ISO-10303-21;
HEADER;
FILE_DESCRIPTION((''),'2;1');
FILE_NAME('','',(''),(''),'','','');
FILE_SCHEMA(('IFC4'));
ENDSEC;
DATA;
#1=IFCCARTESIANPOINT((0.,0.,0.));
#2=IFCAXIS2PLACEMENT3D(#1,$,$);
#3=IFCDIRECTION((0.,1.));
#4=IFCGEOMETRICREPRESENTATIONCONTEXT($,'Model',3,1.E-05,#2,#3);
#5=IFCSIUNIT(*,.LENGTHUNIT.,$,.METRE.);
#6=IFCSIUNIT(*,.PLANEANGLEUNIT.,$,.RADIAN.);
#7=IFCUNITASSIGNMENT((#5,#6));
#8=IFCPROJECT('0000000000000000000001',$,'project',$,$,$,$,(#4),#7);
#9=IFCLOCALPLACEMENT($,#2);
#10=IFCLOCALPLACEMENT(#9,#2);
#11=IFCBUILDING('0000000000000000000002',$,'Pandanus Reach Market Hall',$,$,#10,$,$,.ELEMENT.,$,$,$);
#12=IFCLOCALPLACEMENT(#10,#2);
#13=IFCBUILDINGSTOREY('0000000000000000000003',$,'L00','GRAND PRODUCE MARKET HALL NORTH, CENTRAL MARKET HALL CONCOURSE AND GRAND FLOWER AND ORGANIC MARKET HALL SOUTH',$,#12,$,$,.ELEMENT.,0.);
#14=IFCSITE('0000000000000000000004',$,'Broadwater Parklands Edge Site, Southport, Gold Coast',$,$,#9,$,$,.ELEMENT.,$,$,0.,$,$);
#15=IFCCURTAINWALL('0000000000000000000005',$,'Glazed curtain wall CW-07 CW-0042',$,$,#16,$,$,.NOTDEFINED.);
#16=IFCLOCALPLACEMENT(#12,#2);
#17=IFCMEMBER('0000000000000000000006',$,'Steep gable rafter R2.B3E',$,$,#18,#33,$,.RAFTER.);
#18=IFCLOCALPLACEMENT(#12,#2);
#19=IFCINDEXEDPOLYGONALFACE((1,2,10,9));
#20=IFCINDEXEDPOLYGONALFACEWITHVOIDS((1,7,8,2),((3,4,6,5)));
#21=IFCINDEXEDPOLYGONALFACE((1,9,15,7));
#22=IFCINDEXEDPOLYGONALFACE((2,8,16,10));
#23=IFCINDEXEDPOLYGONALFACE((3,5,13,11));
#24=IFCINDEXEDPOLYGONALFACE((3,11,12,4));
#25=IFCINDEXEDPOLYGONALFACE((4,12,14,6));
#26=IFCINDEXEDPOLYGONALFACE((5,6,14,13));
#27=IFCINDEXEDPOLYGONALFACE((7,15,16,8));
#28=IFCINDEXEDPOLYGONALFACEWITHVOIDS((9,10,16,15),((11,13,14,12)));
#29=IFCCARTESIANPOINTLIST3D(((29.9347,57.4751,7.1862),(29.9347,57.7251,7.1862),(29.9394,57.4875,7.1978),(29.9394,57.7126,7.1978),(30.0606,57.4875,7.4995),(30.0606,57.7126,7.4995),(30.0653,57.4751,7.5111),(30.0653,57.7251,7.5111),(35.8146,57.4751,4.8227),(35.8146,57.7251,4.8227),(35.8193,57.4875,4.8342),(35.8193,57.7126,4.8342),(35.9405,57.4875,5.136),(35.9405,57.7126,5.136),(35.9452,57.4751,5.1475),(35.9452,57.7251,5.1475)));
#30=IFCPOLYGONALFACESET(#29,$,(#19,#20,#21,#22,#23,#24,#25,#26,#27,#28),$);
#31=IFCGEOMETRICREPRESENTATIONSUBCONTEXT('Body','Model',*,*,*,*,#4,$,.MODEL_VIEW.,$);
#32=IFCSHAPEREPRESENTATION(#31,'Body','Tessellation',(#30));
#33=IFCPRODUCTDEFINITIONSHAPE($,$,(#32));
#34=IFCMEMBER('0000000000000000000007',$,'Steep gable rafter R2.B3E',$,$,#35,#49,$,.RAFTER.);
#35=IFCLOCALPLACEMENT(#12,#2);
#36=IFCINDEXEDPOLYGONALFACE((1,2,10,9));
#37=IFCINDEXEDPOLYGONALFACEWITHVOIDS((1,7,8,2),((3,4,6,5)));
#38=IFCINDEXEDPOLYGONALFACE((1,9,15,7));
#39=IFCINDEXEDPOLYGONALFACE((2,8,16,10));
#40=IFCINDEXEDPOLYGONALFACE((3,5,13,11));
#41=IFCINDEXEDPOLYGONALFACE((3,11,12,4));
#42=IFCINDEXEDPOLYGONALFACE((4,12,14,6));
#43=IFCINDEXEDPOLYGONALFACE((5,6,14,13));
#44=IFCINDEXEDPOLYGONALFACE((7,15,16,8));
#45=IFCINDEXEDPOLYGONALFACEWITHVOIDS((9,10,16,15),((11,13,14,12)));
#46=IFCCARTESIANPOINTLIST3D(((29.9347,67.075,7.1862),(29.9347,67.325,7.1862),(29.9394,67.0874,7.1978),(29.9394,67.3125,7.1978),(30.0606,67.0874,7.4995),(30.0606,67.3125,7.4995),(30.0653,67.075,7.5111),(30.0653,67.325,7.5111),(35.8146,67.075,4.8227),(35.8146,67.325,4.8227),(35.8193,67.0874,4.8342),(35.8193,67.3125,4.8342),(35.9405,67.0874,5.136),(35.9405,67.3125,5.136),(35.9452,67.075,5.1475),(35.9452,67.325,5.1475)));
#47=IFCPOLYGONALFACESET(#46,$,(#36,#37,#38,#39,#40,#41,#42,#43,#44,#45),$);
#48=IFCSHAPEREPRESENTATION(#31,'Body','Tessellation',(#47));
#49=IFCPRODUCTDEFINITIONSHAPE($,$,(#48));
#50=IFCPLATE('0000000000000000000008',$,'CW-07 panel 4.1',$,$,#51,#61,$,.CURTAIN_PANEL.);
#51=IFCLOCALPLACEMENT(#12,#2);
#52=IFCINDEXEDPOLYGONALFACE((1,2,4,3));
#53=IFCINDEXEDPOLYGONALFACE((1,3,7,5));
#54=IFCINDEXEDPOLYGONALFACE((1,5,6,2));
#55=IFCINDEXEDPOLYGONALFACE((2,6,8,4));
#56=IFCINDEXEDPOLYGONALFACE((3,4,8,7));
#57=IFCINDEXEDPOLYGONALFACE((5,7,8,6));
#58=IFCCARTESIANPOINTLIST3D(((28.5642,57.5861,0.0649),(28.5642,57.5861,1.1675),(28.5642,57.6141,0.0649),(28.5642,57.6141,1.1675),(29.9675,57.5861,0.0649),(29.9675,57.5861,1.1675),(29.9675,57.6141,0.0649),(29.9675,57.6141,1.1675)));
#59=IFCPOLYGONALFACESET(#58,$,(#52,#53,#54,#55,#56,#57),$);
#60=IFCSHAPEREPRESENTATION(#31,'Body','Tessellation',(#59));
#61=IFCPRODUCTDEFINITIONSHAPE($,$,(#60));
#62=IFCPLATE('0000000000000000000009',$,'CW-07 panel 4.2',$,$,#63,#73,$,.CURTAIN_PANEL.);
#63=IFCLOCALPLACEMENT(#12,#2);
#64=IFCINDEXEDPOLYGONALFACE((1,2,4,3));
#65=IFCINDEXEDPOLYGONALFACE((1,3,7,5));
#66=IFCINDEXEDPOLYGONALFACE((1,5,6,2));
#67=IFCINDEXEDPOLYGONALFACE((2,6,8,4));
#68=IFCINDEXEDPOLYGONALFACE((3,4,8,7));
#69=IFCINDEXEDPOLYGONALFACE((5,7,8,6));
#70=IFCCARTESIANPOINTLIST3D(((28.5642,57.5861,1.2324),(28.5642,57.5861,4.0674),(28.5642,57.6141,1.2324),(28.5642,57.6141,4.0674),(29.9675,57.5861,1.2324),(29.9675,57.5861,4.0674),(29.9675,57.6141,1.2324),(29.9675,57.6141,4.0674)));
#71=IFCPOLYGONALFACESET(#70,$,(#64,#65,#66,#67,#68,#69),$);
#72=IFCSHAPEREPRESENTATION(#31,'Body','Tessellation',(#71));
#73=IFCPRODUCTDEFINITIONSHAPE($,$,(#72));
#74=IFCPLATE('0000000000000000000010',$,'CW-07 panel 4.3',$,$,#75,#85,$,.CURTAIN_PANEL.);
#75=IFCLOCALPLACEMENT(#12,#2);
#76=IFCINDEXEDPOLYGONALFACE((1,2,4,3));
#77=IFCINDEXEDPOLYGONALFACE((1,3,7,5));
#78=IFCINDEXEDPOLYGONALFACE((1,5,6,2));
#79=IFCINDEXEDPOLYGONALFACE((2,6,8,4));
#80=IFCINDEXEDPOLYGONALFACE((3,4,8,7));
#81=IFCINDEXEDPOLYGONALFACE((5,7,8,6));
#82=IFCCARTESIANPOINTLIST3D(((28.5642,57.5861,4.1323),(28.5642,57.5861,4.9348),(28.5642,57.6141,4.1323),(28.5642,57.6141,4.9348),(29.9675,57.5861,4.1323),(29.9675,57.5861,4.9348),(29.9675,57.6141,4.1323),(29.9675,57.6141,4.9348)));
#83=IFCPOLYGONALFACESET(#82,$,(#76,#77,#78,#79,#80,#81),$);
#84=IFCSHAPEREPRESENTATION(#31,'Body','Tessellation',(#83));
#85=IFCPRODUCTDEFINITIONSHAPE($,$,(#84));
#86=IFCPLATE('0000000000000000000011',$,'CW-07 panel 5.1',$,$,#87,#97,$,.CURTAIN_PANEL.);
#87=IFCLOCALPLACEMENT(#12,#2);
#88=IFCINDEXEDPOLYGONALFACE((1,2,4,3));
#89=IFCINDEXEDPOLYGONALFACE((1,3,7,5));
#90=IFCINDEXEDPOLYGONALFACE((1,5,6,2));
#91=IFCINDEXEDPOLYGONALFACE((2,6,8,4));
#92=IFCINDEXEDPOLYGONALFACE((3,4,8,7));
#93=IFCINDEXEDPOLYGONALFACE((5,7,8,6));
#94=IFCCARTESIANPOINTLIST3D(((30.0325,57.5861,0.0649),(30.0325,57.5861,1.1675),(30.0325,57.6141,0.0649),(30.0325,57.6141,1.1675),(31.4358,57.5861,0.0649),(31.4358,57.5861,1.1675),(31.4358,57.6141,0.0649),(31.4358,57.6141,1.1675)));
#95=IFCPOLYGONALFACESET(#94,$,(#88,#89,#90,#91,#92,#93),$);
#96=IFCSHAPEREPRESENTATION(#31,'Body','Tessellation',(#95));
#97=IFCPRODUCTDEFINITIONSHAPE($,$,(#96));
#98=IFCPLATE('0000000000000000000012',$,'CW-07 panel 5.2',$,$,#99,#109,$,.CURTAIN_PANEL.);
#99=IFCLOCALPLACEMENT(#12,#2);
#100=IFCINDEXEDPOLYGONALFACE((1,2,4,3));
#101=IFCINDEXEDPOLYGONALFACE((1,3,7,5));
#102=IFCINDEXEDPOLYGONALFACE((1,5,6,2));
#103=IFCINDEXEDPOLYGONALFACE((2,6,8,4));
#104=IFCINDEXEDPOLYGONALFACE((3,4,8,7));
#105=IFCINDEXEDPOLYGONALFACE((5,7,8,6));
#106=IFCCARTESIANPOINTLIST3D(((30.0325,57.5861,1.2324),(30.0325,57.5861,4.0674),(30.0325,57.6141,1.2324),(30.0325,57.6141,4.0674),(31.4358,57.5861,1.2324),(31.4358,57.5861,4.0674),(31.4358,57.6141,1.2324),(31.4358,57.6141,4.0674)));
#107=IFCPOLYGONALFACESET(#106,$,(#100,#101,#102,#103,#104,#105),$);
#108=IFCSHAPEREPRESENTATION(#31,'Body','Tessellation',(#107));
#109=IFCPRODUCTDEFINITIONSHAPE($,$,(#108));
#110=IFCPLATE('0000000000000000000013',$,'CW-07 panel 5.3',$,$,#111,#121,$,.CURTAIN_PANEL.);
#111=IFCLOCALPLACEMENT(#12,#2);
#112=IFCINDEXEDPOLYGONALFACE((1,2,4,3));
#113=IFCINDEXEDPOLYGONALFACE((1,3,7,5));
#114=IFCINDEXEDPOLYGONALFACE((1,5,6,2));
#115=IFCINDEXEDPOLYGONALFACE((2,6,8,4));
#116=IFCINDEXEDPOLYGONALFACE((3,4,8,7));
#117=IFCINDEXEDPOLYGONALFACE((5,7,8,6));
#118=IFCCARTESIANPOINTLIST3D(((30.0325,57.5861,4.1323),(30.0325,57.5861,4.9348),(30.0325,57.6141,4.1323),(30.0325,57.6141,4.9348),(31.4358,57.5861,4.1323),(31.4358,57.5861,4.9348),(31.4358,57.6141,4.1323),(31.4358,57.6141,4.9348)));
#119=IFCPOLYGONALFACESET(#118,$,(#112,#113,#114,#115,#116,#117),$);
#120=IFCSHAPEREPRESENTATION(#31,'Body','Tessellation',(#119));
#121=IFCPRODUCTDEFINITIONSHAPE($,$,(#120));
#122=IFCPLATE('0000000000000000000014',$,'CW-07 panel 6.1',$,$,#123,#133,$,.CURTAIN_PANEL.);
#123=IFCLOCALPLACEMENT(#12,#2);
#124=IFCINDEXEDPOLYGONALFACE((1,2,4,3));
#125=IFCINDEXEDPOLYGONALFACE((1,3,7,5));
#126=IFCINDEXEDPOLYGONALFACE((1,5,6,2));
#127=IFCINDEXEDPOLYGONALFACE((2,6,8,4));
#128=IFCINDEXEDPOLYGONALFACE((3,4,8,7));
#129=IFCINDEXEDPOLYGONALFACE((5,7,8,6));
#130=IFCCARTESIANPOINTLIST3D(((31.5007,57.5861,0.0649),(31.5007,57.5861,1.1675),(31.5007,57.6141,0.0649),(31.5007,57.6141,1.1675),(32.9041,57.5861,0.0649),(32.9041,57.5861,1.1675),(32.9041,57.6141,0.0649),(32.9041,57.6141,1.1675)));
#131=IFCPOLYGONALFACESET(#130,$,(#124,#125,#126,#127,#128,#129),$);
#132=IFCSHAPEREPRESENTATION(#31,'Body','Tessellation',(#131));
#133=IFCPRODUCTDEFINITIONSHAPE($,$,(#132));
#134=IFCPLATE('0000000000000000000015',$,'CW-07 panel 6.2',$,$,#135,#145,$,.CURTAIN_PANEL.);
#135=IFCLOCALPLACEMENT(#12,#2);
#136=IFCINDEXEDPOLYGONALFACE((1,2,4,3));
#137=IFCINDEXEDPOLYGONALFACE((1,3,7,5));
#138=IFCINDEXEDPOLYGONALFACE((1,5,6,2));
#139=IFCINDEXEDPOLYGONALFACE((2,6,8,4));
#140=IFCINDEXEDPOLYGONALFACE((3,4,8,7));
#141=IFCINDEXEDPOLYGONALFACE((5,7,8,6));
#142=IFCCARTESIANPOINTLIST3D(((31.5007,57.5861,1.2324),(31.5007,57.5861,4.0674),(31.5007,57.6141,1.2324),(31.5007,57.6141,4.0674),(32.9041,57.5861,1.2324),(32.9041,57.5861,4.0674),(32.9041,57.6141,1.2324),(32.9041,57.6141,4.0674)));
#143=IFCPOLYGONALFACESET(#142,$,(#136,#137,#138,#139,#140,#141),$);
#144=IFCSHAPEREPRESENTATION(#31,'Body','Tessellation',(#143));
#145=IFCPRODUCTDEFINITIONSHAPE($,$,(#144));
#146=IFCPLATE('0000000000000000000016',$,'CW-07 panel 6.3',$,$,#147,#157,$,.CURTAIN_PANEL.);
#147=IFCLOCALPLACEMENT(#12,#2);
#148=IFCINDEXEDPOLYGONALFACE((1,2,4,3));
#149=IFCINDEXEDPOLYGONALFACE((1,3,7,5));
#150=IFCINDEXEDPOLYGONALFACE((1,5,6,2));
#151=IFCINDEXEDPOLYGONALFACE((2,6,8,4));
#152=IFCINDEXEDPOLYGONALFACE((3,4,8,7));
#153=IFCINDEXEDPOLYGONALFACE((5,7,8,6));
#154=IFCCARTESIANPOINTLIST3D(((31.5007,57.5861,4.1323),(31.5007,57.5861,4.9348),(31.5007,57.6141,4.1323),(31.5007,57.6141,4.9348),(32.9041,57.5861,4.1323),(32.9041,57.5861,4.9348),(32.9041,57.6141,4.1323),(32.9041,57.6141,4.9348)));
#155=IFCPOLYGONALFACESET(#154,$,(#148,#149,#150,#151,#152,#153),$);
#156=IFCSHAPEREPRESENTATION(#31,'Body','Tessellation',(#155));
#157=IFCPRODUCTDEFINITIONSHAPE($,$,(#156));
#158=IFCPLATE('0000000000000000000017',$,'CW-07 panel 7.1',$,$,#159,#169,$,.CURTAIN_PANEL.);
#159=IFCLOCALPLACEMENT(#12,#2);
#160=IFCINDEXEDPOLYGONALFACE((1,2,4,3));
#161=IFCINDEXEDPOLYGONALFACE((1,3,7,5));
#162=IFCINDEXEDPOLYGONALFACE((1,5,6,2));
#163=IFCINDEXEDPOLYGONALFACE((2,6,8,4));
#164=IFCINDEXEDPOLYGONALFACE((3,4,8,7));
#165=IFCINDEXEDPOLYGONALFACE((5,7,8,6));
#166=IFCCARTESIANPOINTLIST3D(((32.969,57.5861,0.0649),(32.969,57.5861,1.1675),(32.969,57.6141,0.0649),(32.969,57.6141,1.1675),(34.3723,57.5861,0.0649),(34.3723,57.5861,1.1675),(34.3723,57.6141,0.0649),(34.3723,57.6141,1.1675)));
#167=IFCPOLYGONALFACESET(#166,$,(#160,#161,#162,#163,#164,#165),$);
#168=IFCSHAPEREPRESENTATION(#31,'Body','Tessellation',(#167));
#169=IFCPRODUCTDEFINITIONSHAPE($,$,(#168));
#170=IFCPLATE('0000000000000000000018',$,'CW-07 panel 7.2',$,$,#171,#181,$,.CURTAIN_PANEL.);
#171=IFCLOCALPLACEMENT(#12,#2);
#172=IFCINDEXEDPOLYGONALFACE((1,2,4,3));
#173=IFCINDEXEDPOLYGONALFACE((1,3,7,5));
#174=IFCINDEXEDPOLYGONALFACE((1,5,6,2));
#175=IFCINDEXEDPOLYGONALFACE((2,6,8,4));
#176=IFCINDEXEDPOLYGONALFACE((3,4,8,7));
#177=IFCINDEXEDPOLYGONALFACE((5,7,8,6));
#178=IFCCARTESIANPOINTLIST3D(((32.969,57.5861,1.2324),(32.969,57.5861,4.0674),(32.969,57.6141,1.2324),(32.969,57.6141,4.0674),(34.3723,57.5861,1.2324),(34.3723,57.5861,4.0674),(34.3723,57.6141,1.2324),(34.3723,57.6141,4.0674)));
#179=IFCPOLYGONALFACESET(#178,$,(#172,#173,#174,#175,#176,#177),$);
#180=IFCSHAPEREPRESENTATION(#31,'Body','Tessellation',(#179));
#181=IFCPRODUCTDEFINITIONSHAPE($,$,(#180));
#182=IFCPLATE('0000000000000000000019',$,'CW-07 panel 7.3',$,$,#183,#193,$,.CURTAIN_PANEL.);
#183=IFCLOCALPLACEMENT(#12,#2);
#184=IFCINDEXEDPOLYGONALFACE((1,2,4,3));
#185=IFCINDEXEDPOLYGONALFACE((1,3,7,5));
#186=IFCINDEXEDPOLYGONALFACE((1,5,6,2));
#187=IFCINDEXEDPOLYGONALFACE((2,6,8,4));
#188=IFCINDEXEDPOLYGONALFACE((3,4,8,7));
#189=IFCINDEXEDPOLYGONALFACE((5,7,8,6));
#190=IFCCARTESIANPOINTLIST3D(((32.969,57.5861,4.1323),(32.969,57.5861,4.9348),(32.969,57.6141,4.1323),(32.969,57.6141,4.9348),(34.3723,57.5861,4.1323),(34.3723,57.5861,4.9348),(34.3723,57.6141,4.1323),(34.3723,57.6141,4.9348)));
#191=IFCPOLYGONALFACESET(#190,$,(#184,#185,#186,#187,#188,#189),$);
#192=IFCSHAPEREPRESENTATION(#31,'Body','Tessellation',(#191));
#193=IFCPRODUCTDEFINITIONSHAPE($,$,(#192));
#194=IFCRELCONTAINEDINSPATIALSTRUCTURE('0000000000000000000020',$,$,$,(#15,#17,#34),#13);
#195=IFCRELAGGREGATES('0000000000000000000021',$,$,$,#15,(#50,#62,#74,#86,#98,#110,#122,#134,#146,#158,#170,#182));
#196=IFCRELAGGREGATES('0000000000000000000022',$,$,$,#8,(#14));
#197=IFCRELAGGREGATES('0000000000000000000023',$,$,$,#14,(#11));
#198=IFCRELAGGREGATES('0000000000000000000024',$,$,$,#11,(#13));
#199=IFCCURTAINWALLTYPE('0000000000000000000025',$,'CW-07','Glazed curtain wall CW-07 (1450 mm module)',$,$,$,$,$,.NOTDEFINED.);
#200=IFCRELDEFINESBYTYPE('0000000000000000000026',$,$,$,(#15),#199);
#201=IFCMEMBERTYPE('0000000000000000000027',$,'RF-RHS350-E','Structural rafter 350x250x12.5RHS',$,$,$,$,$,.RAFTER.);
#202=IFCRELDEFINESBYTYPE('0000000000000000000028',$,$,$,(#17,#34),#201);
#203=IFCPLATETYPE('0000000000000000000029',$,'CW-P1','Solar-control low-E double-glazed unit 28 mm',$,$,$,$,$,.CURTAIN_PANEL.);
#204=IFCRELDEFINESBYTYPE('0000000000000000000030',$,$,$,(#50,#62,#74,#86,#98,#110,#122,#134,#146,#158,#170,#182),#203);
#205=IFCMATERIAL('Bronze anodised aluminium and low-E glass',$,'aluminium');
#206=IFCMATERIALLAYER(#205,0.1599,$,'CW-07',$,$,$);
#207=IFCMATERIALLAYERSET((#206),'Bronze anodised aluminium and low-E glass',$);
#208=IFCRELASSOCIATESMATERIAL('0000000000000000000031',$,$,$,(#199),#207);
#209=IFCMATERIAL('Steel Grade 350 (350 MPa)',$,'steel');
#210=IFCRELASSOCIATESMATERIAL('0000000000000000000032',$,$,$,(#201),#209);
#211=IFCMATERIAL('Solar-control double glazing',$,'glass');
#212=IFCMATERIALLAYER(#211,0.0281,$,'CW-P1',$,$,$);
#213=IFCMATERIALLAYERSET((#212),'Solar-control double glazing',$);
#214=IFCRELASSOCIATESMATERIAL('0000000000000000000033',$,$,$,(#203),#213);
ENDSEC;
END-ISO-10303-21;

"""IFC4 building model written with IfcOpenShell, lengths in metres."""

from ifc_helpers import new_model, si_unit, direction, frame, origin, origin_2d, place, context, subcontext, project, spatial, rectangle, hollow_rectangle, extrude, material, layer, layer_set, material_profile, profile_set, type_object, element, aggregate, save


model = new_model("IFC4")

# Units and contexts
model_context = context("Model", 3, precision=1e-05, world=origin(), true_north=direction((0.0, 1.0)))
body_context = subcontext(model_context, "Body", "Model", "MODEL_VIEW")
ifc_project = project(units=[si_unit("LENGTHUNIT", "METRE"), si_unit("PLANEANGLEUNIT", "RADIAN")], contexts=[model_context])

# Site, building, storey
site_placement = place(None, origin())
site = spatial("IfcSite", under=ifc_project, at=site_placement, Name="Broadwater Parklands Edge Site, Southport, Gold Coast", CompositionType="ELEMENT", RefElevation=0.0)
building_placement = place(site_placement, origin())
building = spatial("IfcBuilding", under=site, at=building_placement, Name="Pandanus Reach Market Hall", CompositionType="ELEMENT")
storey_placement = place(building_placement, origin())
storey = spatial("IfcBuildingStorey", under=building, at=storey_placement, Name="L00", Description="GRAND PRODUCE MARKET HALL NORTH, CENTRAL MARKET HALL CONCOURSE AND GRAND FLOWER AND ORGANIC MARKET HALL SOUTH", CompositionType="ELEMENT", Elevation=0.0)

# Curtain wall
ifc_material_1 = material(Name="Bronze anodised aluminium and low-E glass", Category="aluminium")
ifc_layer_1 = layer(ifc_material_1, 0.1599, Name="CW-07")
ifc_layer_set_1 = layer_set([ifc_layer_1], Name="Bronze anodised aluminium and low-E glass")
curtain_wall_type = type_object("IfcCurtainWallType", Name="CW-07", Description="Glazed curtain wall CW-07 (1450 mm module)", PredefinedType="NOTDEFINED", material=ifc_layer_set_1)
curtain_wall_placement = place(storey_placement, origin())
curtain_wall = element("IfcCurtainWall", 1, at=curtain_wall_placement, inside=storey, type_object=curtain_wall_type, Name="Glazed curtain wall CW-07 CW-0042", PredefinedType="NOTDEFINED")

# Members
ifc_material_2 = material(Name="Steel Grade 350 (350 MPa)", Category="steel")
ifc_material_profile_1 = material_profile(ifc_material_2, hollow_rectangle(XDim=0.25, YDim=0.3501, WallThickness=0.0125, at=origin_2d()), Name="350x250x12.5RHS", Category="LoadBearing")
ifc_profile_set_1 = profile_set([ifc_material_profile_1], Name="Steel Grade 350 (350 MPa)")
member_type_1 = type_object("IfcMemberType", Name="RF-RHS350-E", Description="Structural rafter 350x250x12.5RHS", PredefinedType="RAFTER", material=ifc_profile_set_1)
for number, where, z_axis, x_axis, name in (
    (2, (30.0, 57.6001, 7.3486), (0.927846, 0.0, -0.372964), (0.0, 1.0, 0.0), "Steep gable rafter R2.B3E"),
    (3, (30.0, 67.2, 7.3486), (0.927846, 0.0, -0.372964), (0.0, 1.0, 0.0), "Steep gable rafter R2.B3E"),
):
    element("IfcMember", number, at=place(storey_placement, frame(where, z_axis=z_axis, x_axis=x_axis)), inside=storey, type_object=member_type_1, Name=name, PredefinedType="RAFTER", context=body_context, shape_type="SweptSolid", body=[
        extrude(hollow_rectangle(XDim=0.25, YDim=0.3501, WallThickness=0.0125, at=origin_2d()), origin(), (0.0, 0.0, 1.0), 6.3372),
    ])

# Plates
ifc_material_3 = material(Name="Solar-control double glazing", Category="glass")
ifc_layer_2 = layer(ifc_material_3, 0.0281, Name="CW-P1")
ifc_layer_set_2 = layer_set([ifc_layer_2], Name="Solar-control double glazing")
plate_type = type_object("IfcPlateType", Name="CW-P1", Description="Solar-control low-E double-glazed unit 28 mm", PredefinedType="CURTAIN_PANEL", material=ifc_layer_set_2)
plate_1_placement = place(storey_placement, frame((29.2659, 57.6001, 0.0649), z_axis=(0.0, 0.0, 1.0), x_axis=(1.0, 0.0, 0.0)))
plate_1 = element("IfcPlate", 4, at=plate_1_placement, type_object=plate_type, Name="CW-07 panel 4.1", PredefinedType="CURTAIN_PANEL", context=body_context, shape_type="SweptSolid", body=[
    extrude(rectangle(XDim=1.4033, YDim=0.0281, at=origin_2d()), origin(), (0.0, 0.0, 1.0), 1.1025),
])
plate_2_placement = place(storey_placement, frame((29.2659, 57.6001, 1.2324), z_axis=(0.0, 0.0, 1.0), x_axis=(1.0, 0.0, 0.0)))
plate_2 = element("IfcPlate", 5, at=plate_2_placement, type_object=plate_type, Name="CW-07 panel 4.2", PredefinedType="CURTAIN_PANEL", context=body_context, shape_type="SweptSolid", body=[
    extrude(rectangle(XDim=1.4033, YDim=0.0281, at=origin_2d()), origin(), (0.0, 0.0, 1.0), 2.835),
])
plate_3_placement = place(storey_placement, frame((29.2659, 57.6001, 4.1323), z_axis=(0.0, 0.0, 1.0), x_axis=(1.0, 0.0, 0.0)))
plate_3 = element("IfcPlate", 6, at=plate_3_placement, type_object=plate_type, Name="CW-07 panel 4.3", PredefinedType="CURTAIN_PANEL", context=body_context, shape_type="SweptSolid", body=[
    extrude(rectangle(XDim=1.4033, YDim=0.0281, at=origin_2d()), origin(), (0.0, 0.0, 1.0), 0.8025),
])
plate_4_placement = place(storey_placement, frame((30.7341, 57.6001, 0.0649), z_axis=(0.0, 0.0, 1.0), x_axis=(1.0, 0.0, 0.0)))
plate_4 = element("IfcPlate", 7, at=plate_4_placement, type_object=plate_type, Name="CW-07 panel 5.1", PredefinedType="CURTAIN_PANEL", context=body_context, shape_type="SweptSolid", body=[
    extrude(rectangle(XDim=1.4033, YDim=0.0281, at=origin_2d()), origin(), (0.0, 0.0, 1.0), 1.1025),
])
plate_5_placement = place(storey_placement, frame((30.7341, 57.6001, 1.2324), z_axis=(0.0, 0.0, 1.0), x_axis=(1.0, 0.0, 0.0)))
plate_5 = element("IfcPlate", 8, at=plate_5_placement, type_object=plate_type, Name="CW-07 panel 5.2", PredefinedType="CURTAIN_PANEL", context=body_context, shape_type="SweptSolid", body=[
    extrude(rectangle(XDim=1.4033, YDim=0.0281, at=origin_2d()), origin(), (0.0, 0.0, 1.0), 2.835),
])
plate_6_placement = place(storey_placement, frame((30.7341, 57.6001, 4.1323), z_axis=(0.0, 0.0, 1.0), x_axis=(1.0, 0.0, 0.0)))
plate_6 = element("IfcPlate", 9, at=plate_6_placement, type_object=plate_type, Name="CW-07 panel 5.3", PredefinedType="CURTAIN_PANEL", context=body_context, shape_type="SweptSolid", body=[
    extrude(rectangle(XDim=1.4033, YDim=0.0281, at=origin_2d()), origin(), (0.0, 0.0, 1.0), 0.8025),
])
plate_7_placement = place(storey_placement, frame((32.2024, 57.6001, 0.0649), z_axis=(0.0, 0.0, 1.0), x_axis=(1.0, 0.0, 0.0)))
plate_7 = element("IfcPlate", 10, at=plate_7_placement, type_object=plate_type, Name="CW-07 panel 6.1", PredefinedType="CURTAIN_PANEL", context=body_context, shape_type="SweptSolid", body=[
    extrude(rectangle(XDim=1.4033, YDim=0.0281, at=origin_2d()), origin(), (0.0, 0.0, 1.0), 1.1025),
])
plate_8_placement = place(storey_placement, frame((32.2024, 57.6001, 1.2324), z_axis=(0.0, 0.0, 1.0), x_axis=(1.0, 0.0, 0.0)))
plate_8 = element("IfcPlate", 11, at=plate_8_placement, type_object=plate_type, Name="CW-07 panel 6.2", PredefinedType="CURTAIN_PANEL", context=body_context, shape_type="SweptSolid", body=[
    extrude(rectangle(XDim=1.4033, YDim=0.0281, at=origin_2d()), origin(), (0.0, 0.0, 1.0), 2.835),
])
plate_9_placement = place(storey_placement, frame((32.2024, 57.6001, 4.1323), z_axis=(0.0, 0.0, 1.0), x_axis=(1.0, 0.0, 0.0)))
plate_9 = element("IfcPlate", 12, at=plate_9_placement, type_object=plate_type, Name="CW-07 panel 6.3", PredefinedType="CURTAIN_PANEL", context=body_context, shape_type="SweptSolid", body=[
    extrude(rectangle(XDim=1.4033, YDim=0.0281, at=origin_2d()), origin(), (0.0, 0.0, 1.0), 0.8025),
])
plate_10_placement = place(storey_placement, frame((33.6707, 57.6001, 0.0649), z_axis=(0.0, 0.0, 1.0), x_axis=(1.0, 0.0, 0.0)))
plate_10 = element("IfcPlate", 13, at=plate_10_placement, type_object=plate_type, Name="CW-07 panel 7.1", PredefinedType="CURTAIN_PANEL", context=body_context, shape_type="SweptSolid", body=[
    extrude(rectangle(XDim=1.4033, YDim=0.0281, at=origin_2d()), origin(), (0.0, 0.0, 1.0), 1.1025),
])
plate_11_placement = place(storey_placement, frame((33.6707, 57.6001, 1.2324), z_axis=(0.0, 0.0, 1.0), x_axis=(1.0, 0.0, 0.0)))
plate_11 = element("IfcPlate", 14, at=plate_11_placement, type_object=plate_type, Name="CW-07 panel 7.2", PredefinedType="CURTAIN_PANEL", context=body_context, shape_type="SweptSolid", body=[
    extrude(rectangle(XDim=1.4033, YDim=0.0281, at=origin_2d()), origin(), (0.0, 0.0, 1.0), 2.835),
])
plate_12_placement = place(storey_placement, frame((33.6707, 57.6001, 4.1323), z_axis=(0.0, 0.0, 1.0), x_axis=(1.0, 0.0, 0.0)))
plate_12 = element("IfcPlate", 15, at=plate_12_placement, type_object=plate_type, Name="CW-07 panel 7.3", PredefinedType="CURTAIN_PANEL", context=body_context, shape_type="SweptSolid", body=[
    extrude(rectangle(XDim=1.4033, YDim=0.0281, at=origin_2d()), origin(), (0.0, 0.0, 1.0), 0.8025),
])
aggregate(curtain_wall, [plate_1, plate_2, plate_3, plate_4, plate_5, plate_6, plate_7, plate_8, plate_9, plate_10, plate_11, plate_12])

save(model, "model.ifc")
